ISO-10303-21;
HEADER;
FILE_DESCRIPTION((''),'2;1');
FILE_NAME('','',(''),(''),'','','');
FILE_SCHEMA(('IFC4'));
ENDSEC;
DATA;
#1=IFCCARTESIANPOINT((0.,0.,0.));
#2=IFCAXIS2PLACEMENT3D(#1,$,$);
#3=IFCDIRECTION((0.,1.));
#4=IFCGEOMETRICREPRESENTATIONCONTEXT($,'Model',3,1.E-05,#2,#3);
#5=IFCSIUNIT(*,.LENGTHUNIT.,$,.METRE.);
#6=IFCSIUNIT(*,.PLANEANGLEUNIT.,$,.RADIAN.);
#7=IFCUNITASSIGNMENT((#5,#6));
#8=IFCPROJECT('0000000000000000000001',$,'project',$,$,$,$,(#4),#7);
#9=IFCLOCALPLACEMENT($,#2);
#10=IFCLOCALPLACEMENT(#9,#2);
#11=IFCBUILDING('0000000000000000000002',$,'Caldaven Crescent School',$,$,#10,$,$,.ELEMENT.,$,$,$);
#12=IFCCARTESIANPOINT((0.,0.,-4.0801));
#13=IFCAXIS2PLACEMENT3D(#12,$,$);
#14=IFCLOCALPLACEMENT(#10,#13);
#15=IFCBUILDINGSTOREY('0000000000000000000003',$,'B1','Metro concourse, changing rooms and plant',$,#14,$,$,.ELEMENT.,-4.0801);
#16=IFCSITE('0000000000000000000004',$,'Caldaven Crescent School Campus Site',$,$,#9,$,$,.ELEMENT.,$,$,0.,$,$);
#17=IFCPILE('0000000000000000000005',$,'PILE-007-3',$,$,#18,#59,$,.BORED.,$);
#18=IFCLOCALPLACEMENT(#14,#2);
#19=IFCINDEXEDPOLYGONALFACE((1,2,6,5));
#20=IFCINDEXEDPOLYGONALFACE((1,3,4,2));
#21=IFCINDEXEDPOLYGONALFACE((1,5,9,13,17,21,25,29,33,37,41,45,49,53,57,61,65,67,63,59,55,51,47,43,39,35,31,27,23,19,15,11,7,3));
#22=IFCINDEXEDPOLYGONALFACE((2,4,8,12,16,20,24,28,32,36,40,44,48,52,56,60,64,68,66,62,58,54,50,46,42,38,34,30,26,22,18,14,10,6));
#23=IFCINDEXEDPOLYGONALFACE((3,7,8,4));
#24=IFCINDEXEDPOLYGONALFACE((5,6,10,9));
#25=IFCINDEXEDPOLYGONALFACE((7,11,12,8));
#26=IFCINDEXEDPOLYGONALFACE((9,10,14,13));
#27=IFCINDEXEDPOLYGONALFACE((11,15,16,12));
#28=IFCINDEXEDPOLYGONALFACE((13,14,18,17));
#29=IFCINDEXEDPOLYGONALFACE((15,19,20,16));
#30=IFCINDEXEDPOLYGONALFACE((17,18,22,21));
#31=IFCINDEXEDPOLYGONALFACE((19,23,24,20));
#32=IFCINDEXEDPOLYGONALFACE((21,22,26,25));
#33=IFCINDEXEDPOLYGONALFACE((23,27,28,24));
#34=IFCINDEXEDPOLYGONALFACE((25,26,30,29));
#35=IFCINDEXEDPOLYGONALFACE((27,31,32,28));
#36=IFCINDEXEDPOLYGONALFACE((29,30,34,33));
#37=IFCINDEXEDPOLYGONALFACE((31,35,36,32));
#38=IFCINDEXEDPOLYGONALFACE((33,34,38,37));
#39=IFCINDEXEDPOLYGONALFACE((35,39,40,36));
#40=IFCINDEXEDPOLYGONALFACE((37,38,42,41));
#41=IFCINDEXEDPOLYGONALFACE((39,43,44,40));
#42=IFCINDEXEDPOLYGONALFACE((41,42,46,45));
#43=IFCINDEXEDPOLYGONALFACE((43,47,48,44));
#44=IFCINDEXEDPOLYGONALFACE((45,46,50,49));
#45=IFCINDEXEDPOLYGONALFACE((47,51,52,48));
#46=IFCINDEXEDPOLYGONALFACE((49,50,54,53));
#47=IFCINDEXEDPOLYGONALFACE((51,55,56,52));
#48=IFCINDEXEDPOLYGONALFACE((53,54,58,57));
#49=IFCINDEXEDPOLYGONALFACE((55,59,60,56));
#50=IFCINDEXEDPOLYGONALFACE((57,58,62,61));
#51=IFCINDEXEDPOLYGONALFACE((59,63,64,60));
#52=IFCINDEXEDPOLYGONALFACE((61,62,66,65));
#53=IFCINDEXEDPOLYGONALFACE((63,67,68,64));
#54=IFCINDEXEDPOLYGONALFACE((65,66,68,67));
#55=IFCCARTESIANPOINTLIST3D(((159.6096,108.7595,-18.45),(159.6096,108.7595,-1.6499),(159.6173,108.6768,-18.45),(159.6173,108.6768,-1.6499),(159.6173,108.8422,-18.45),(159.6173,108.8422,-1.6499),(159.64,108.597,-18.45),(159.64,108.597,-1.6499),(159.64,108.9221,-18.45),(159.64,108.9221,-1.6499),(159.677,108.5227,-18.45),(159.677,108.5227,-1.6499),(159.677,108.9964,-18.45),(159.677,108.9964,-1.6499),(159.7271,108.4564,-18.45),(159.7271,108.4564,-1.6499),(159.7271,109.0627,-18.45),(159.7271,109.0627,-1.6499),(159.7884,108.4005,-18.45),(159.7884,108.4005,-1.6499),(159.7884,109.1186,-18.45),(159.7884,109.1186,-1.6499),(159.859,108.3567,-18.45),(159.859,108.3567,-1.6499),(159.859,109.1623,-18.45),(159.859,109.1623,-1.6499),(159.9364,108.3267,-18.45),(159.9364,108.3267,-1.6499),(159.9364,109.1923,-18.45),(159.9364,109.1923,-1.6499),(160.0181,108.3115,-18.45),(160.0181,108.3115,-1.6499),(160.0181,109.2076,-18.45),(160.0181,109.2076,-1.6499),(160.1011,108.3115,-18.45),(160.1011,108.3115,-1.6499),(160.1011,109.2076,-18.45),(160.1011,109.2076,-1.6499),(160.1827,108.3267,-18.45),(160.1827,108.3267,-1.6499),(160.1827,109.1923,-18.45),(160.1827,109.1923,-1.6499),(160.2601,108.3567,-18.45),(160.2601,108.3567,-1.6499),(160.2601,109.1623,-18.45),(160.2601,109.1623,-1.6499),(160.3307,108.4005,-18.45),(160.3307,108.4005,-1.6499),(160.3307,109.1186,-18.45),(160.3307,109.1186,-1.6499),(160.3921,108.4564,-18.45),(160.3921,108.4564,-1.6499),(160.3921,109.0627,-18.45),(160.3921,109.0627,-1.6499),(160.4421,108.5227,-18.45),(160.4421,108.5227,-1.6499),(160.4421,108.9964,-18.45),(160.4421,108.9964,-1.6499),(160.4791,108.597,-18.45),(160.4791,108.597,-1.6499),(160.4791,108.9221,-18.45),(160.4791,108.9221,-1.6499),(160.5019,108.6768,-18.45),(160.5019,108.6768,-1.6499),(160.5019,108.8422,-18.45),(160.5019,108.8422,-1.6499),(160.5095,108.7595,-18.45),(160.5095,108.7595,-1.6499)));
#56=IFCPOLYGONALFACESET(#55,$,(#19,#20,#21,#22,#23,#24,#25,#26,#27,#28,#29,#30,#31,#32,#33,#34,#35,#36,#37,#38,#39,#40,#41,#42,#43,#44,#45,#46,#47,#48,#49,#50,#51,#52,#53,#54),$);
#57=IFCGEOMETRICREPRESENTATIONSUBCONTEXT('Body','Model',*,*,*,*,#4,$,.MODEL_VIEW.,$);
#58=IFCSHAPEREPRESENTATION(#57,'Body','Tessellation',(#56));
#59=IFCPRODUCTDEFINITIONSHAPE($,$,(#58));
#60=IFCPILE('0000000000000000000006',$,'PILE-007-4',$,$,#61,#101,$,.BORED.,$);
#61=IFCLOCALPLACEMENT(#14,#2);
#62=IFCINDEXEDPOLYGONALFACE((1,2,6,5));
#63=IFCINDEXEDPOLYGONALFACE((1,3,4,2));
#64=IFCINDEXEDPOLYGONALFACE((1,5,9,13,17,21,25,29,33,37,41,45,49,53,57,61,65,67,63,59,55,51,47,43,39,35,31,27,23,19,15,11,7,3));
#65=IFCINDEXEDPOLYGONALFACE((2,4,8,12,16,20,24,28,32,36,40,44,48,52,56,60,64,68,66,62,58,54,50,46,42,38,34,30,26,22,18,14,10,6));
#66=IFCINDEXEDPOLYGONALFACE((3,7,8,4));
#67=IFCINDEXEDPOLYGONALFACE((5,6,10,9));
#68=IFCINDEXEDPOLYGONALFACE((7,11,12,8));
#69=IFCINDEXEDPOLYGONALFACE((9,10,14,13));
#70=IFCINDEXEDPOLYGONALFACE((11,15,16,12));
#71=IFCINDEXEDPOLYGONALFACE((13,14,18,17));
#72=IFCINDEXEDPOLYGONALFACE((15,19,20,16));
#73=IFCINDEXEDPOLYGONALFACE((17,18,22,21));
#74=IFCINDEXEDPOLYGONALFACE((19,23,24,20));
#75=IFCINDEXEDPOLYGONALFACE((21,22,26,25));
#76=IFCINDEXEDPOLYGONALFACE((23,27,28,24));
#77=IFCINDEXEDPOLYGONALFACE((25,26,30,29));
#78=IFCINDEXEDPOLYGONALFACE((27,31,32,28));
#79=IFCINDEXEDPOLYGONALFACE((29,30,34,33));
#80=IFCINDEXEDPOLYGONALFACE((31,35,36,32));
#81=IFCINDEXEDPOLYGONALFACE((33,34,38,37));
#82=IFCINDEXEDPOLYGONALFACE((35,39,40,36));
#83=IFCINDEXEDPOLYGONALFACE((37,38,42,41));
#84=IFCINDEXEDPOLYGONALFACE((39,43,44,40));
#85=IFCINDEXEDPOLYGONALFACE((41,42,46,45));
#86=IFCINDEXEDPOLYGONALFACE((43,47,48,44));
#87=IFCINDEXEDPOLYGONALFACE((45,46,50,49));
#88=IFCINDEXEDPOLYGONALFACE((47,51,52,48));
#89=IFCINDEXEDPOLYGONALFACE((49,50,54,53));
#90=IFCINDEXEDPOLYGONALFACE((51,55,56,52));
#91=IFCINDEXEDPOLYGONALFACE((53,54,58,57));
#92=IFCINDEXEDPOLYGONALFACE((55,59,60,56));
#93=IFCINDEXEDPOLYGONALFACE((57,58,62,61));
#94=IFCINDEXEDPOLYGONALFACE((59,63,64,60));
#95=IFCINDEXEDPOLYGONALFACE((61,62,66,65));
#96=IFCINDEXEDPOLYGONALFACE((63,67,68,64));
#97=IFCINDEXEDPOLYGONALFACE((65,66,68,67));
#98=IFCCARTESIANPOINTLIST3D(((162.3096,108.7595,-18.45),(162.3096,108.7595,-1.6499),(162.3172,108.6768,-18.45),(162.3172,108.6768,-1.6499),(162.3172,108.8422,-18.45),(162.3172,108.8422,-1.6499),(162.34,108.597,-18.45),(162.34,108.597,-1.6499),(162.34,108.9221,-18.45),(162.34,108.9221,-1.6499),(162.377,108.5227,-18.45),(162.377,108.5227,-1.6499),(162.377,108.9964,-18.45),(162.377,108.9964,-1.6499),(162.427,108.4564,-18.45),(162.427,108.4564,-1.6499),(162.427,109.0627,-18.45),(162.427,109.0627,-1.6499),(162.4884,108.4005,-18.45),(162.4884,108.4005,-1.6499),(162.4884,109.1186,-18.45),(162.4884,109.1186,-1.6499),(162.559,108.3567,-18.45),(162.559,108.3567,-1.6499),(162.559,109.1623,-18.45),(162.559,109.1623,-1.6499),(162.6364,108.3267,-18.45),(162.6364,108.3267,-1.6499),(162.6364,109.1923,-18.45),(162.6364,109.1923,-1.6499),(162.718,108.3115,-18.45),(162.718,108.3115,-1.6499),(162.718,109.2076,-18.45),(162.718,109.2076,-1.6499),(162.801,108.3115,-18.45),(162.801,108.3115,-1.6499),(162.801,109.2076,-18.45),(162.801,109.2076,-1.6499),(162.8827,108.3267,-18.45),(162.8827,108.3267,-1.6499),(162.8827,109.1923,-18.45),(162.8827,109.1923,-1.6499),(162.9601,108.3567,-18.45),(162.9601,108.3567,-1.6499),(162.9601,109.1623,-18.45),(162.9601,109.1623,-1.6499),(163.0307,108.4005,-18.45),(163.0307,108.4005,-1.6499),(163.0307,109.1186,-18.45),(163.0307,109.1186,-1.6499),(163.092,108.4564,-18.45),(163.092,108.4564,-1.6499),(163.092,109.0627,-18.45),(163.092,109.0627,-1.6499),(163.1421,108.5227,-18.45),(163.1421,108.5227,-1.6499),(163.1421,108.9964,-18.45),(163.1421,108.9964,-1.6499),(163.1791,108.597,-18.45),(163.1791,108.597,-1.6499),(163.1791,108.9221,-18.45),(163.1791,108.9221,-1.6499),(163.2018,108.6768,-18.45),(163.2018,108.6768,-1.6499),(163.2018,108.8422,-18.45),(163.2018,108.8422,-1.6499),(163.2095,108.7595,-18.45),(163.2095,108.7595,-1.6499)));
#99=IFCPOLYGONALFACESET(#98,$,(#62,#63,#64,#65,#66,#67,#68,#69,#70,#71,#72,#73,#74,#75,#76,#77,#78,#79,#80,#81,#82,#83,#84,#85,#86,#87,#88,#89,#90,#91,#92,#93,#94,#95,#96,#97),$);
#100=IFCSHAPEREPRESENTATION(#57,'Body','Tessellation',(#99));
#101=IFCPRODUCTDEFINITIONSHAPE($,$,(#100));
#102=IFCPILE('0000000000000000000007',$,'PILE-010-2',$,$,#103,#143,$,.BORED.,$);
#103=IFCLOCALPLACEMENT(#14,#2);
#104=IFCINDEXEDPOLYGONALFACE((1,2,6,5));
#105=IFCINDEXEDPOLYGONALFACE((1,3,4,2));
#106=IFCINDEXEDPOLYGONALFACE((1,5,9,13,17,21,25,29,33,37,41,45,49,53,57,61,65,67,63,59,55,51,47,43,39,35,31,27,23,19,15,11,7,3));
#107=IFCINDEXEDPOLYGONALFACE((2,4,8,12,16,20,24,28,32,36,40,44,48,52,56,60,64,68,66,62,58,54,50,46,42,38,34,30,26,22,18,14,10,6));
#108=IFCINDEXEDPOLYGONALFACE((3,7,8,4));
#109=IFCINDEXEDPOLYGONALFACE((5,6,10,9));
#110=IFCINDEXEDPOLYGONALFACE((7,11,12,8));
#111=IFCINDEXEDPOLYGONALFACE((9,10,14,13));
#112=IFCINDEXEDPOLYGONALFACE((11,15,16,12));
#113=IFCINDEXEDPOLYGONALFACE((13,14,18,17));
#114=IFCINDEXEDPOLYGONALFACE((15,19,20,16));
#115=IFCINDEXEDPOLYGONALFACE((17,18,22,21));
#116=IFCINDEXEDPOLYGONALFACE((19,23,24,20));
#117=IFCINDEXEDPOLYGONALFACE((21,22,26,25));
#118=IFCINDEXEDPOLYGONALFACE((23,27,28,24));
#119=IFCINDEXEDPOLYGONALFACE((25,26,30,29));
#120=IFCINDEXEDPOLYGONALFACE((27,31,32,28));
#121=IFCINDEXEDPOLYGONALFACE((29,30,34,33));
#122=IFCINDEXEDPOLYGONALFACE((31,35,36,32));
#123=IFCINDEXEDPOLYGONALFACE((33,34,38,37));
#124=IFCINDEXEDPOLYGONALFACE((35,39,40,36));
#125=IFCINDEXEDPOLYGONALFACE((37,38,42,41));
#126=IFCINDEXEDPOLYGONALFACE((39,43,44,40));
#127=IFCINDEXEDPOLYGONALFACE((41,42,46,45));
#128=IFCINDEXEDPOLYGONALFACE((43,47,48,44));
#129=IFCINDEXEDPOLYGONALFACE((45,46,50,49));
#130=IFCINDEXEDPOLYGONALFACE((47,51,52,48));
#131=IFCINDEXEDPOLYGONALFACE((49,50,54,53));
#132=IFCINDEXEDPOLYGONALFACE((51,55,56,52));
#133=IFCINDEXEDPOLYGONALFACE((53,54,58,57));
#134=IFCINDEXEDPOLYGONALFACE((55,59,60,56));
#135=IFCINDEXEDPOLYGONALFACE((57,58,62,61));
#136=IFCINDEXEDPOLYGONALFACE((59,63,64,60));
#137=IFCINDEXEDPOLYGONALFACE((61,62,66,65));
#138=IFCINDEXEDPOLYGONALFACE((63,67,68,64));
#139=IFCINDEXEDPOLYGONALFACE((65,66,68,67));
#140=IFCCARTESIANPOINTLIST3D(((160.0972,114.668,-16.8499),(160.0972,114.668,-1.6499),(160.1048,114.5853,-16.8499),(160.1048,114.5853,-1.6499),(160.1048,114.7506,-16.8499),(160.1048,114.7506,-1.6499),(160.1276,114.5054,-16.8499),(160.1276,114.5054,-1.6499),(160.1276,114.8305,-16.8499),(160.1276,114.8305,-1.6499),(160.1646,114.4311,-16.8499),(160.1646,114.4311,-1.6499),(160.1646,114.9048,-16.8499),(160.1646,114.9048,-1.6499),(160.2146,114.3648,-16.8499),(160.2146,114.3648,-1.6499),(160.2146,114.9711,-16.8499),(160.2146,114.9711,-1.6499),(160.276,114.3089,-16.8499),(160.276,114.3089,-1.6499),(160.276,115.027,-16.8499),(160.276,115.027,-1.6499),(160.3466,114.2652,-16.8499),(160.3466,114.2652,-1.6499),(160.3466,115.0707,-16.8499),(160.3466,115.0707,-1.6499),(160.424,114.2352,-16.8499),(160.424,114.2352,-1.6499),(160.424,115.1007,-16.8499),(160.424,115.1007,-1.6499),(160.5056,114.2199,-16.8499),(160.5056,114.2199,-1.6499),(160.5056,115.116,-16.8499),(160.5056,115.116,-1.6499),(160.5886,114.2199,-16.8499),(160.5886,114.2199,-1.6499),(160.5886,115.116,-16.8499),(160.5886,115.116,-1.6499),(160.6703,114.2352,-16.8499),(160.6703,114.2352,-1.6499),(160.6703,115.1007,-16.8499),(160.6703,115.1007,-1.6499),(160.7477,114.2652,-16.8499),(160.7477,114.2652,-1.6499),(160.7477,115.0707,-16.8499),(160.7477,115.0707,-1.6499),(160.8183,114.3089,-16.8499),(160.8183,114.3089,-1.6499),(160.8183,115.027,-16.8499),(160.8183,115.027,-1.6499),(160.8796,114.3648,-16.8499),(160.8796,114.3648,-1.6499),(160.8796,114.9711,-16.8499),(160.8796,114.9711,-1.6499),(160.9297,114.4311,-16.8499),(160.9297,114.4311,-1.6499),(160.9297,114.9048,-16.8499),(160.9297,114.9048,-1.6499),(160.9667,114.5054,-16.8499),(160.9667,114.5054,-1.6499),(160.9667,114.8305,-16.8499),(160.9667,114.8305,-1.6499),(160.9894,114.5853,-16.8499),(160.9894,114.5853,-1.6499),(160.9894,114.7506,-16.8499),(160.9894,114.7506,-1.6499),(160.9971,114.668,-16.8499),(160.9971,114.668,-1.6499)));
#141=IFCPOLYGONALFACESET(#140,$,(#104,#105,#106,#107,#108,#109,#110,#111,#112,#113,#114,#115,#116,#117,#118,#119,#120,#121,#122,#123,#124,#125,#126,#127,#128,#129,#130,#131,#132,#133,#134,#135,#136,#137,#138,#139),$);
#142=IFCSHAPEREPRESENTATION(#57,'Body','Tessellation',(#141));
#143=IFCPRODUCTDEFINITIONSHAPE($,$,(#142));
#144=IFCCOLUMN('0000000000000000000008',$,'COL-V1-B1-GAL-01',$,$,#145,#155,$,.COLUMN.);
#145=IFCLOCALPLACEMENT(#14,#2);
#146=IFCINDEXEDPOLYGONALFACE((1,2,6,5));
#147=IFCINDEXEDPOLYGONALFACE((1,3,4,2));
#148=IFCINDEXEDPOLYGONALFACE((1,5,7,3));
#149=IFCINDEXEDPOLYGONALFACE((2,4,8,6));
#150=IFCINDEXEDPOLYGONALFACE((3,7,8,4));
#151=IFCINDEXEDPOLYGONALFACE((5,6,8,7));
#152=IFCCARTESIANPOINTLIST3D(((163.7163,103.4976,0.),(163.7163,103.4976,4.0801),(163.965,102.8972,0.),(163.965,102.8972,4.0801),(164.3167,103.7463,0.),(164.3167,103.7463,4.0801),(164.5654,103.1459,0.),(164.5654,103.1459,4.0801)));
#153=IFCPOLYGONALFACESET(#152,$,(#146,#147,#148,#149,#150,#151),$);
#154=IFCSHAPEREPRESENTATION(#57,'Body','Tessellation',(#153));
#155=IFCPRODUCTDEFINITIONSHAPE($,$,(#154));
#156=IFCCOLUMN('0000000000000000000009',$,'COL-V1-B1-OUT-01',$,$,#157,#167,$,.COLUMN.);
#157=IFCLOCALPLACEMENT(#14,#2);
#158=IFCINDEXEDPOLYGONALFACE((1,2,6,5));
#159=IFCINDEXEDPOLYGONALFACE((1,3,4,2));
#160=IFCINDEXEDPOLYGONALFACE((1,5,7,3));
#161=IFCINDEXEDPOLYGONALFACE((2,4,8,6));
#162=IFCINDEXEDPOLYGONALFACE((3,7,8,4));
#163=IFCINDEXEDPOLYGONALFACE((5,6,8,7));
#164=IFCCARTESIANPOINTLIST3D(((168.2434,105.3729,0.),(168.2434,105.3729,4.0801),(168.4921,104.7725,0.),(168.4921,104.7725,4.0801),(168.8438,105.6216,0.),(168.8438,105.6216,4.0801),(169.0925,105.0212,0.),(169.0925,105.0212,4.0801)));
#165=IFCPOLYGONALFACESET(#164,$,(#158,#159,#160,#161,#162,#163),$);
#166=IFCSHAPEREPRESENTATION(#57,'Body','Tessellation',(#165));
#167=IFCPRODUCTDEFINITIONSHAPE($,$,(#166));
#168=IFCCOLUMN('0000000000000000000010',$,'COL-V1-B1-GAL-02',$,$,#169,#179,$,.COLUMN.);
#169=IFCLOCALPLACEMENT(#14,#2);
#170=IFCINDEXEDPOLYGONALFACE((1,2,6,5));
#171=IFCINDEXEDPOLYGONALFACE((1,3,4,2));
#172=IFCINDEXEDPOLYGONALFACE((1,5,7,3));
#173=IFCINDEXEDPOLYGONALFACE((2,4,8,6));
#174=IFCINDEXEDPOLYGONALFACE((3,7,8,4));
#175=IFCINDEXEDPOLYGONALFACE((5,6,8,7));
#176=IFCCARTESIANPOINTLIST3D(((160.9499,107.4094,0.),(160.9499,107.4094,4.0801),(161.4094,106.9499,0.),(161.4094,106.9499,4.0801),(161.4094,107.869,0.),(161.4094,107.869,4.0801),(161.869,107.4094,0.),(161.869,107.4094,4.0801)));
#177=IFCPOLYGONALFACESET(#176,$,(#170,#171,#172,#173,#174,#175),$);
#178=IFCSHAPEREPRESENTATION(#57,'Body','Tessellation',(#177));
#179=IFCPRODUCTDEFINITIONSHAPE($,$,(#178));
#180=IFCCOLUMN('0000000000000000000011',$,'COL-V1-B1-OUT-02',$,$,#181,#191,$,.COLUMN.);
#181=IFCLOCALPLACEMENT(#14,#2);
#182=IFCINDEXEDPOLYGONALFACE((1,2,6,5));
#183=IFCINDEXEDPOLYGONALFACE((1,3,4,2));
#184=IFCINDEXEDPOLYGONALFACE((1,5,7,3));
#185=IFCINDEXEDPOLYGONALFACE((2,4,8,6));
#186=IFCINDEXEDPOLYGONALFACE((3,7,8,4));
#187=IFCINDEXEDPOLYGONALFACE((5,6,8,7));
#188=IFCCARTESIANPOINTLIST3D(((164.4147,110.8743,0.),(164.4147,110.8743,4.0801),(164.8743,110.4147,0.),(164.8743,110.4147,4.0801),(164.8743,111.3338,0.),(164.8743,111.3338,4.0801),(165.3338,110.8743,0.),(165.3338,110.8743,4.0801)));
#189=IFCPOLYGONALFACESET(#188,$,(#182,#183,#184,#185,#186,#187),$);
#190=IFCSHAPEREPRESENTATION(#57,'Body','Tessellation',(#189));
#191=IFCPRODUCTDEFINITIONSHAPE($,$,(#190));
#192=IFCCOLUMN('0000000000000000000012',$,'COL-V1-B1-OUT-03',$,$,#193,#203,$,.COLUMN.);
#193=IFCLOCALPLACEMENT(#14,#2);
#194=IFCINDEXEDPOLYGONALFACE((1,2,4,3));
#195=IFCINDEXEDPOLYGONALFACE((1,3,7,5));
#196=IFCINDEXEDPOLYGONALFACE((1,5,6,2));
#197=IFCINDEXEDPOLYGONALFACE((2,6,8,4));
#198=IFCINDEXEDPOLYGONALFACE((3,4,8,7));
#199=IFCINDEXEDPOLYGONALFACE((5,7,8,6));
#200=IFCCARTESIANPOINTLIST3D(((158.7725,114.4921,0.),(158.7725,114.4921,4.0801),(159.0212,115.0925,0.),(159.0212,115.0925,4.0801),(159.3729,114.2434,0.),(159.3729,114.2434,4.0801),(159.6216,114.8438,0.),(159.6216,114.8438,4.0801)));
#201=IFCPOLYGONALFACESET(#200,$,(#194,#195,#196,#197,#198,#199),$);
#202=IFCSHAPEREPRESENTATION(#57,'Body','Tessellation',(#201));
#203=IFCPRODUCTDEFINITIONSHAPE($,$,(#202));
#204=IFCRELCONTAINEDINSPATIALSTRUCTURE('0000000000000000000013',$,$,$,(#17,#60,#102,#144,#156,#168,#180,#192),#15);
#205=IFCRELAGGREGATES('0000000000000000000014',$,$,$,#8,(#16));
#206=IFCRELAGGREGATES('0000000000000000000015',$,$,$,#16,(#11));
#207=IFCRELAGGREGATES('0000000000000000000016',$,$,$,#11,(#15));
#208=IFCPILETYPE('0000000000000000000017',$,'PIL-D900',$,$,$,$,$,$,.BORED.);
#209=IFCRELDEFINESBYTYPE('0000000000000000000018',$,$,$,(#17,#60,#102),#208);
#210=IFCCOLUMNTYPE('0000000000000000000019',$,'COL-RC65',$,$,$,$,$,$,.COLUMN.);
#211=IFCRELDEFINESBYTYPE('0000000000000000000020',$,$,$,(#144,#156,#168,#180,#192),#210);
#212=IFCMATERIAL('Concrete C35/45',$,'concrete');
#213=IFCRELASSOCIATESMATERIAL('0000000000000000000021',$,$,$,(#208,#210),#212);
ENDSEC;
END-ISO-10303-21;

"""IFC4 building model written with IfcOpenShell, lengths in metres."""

from ifc_helpers import new_model, si_unit, direction, frame, origin, origin_2d, place, context, subcontext, project, spatial, rectangle, circle, extrude, material, material_profile, profile_set, type_object, element, save


model = new_model("IFC4")

# Units and contexts
model_context = context("Model", 3, precision=1e-05, world=origin(), true_north=direction((0.0, 1.0)))
body_context = subcontext(model_context, "Body", "Model", "MODEL_VIEW")
ifc_project = project(units=[si_unit("LENGTHUNIT", "METRE"), si_unit("PLANEANGLEUNIT", "RADIAN")], contexts=[model_context])

# Site, building, storey
site_placement = place(None, origin())
site = spatial("IfcSite", under=ifc_project, at=site_placement, Name="Caldaven Crescent School Campus Site", CompositionType="ELEMENT", RefElevation=0.0)
building_placement = place(site_placement, origin())
building = spatial("IfcBuilding", under=site, at=building_placement, Name="Caldaven Crescent School", CompositionType="ELEMENT")
storey_placement = place(building_placement, frame((0.0, 0.0, -4.0801)))
storey = spatial("IfcBuildingStorey", under=building, at=storey_placement, Name="B1", Description="Metro concourse, changing rooms and plant", CompositionType="ELEMENT", Elevation=-4.0801)

# Shared definitions
ifc_material_1 = material(Name="Concrete C35/45", Category="concrete")

# Piles
ifc_material_profile_1 = material_profile(ifc_material_1, circle(Radius=0.45, at=origin_2d()), Name="PILE D900")
ifc_profile_set_1 = profile_set([ifc_material_profile_1], Name="Concrete C35/45")
pile_type_1 = type_object("IfcPileType", Name="PIL-D900", PredefinedType="BORED", material=ifc_profile_set_1)
for number, where, z_axis, x_axis, name in (
    (1, (160.0596, 108.7595, -1.6499), (0.0, 0.0, -1.0), (1.0, 0.0, 0.0), "PILE-007-3"),
    (2, (162.7595, 108.7595, -1.6499), (0.0, 0.0, -1.0), (1.0, 0.0, 0.0), "PILE-007-4"),
):
    element("IfcPile", number, at=place(storey_placement, frame(where, z_axis=z_axis, x_axis=x_axis)), inside=storey, type_object=pile_type_1, Name=name, PredefinedType="BORED", context=body_context, shape_type="SweptSolid", body=[
        extrude(circle(Radius=0.45, at=origin_2d()), origin(), (0.0, 0.0, 1.0), 16.8),
    ])
pile_placement = place(storey_placement, frame((160.5471, 114.668, -1.6499), z_axis=(0.0, 0.0, -1.0), x_axis=(1.0, 0.0, 0.0)))
element("IfcPile", 3, at=pile_placement, inside=storey, type_object=pile_type_1, Name="PILE-010-2", PredefinedType="BORED", context=body_context, shape_type="SweptSolid", body=[
    extrude(circle(Radius=0.45, at=origin_2d()), origin(), (0.0, 0.0, 1.0), 15.2),
])

# Columns
ifc_material_profile_2 = material_profile(ifc_material_1, rectangle(XDim=0.6499, YDim=0.6499, at=origin_2d()), Name="RC 650x650")
ifc_profile_set_2 = profile_set([ifc_material_profile_2], Name="Concrete C35/45")
column_type_1 = type_object("IfcColumnType", Name="COL-RC65", PredefinedType="COLUMN", material=ifc_profile_set_2)
for number, where, z_axis, x_axis, name in (
    (4, (164.1409, 103.3218, 0.0), (0.0, 0.0, 1.0), (0.92388, 0.382683, 0.0), "COL-V1-B1-GAL-01"),
    (5, (168.668, 105.197, 0.0), (0.0, 0.0, 1.0), (0.92388, 0.382683, 0.0), "COL-V1-B1-OUT-01"),
    (6, (161.4094, 107.4094, 0.0), (0.0, 0.0, 1.0), (0.707107, 0.707107, 0.0), "COL-V1-B1-GAL-02"),
    (7, (164.8743, 110.8743, 0.0), (0.0, 0.0, 1.0), (0.707107, 0.707107, 0.0), "COL-V1-B1-OUT-02"),
    (8, (159.197, 114.668, 0.0), (0.0, 0.0, 1.0), (0.382683, 0.92388, 0.0), "COL-V1-B1-OUT-03"),
):
    element("IfcColumn", number, at=place(storey_placement, frame(where, z_axis=z_axis, x_axis=x_axis)), inside=storey, type_object=column_type_1, Name=name, PredefinedType="COLUMN", context=body_context, shape_type="SweptSolid", body=[
        extrude(rectangle(XDim=0.6499, YDim=0.6499, at=origin_2d()), origin(), (0.0, 0.0, 1.0), 4.0801),
    ])

save(model, "model.ifc")
